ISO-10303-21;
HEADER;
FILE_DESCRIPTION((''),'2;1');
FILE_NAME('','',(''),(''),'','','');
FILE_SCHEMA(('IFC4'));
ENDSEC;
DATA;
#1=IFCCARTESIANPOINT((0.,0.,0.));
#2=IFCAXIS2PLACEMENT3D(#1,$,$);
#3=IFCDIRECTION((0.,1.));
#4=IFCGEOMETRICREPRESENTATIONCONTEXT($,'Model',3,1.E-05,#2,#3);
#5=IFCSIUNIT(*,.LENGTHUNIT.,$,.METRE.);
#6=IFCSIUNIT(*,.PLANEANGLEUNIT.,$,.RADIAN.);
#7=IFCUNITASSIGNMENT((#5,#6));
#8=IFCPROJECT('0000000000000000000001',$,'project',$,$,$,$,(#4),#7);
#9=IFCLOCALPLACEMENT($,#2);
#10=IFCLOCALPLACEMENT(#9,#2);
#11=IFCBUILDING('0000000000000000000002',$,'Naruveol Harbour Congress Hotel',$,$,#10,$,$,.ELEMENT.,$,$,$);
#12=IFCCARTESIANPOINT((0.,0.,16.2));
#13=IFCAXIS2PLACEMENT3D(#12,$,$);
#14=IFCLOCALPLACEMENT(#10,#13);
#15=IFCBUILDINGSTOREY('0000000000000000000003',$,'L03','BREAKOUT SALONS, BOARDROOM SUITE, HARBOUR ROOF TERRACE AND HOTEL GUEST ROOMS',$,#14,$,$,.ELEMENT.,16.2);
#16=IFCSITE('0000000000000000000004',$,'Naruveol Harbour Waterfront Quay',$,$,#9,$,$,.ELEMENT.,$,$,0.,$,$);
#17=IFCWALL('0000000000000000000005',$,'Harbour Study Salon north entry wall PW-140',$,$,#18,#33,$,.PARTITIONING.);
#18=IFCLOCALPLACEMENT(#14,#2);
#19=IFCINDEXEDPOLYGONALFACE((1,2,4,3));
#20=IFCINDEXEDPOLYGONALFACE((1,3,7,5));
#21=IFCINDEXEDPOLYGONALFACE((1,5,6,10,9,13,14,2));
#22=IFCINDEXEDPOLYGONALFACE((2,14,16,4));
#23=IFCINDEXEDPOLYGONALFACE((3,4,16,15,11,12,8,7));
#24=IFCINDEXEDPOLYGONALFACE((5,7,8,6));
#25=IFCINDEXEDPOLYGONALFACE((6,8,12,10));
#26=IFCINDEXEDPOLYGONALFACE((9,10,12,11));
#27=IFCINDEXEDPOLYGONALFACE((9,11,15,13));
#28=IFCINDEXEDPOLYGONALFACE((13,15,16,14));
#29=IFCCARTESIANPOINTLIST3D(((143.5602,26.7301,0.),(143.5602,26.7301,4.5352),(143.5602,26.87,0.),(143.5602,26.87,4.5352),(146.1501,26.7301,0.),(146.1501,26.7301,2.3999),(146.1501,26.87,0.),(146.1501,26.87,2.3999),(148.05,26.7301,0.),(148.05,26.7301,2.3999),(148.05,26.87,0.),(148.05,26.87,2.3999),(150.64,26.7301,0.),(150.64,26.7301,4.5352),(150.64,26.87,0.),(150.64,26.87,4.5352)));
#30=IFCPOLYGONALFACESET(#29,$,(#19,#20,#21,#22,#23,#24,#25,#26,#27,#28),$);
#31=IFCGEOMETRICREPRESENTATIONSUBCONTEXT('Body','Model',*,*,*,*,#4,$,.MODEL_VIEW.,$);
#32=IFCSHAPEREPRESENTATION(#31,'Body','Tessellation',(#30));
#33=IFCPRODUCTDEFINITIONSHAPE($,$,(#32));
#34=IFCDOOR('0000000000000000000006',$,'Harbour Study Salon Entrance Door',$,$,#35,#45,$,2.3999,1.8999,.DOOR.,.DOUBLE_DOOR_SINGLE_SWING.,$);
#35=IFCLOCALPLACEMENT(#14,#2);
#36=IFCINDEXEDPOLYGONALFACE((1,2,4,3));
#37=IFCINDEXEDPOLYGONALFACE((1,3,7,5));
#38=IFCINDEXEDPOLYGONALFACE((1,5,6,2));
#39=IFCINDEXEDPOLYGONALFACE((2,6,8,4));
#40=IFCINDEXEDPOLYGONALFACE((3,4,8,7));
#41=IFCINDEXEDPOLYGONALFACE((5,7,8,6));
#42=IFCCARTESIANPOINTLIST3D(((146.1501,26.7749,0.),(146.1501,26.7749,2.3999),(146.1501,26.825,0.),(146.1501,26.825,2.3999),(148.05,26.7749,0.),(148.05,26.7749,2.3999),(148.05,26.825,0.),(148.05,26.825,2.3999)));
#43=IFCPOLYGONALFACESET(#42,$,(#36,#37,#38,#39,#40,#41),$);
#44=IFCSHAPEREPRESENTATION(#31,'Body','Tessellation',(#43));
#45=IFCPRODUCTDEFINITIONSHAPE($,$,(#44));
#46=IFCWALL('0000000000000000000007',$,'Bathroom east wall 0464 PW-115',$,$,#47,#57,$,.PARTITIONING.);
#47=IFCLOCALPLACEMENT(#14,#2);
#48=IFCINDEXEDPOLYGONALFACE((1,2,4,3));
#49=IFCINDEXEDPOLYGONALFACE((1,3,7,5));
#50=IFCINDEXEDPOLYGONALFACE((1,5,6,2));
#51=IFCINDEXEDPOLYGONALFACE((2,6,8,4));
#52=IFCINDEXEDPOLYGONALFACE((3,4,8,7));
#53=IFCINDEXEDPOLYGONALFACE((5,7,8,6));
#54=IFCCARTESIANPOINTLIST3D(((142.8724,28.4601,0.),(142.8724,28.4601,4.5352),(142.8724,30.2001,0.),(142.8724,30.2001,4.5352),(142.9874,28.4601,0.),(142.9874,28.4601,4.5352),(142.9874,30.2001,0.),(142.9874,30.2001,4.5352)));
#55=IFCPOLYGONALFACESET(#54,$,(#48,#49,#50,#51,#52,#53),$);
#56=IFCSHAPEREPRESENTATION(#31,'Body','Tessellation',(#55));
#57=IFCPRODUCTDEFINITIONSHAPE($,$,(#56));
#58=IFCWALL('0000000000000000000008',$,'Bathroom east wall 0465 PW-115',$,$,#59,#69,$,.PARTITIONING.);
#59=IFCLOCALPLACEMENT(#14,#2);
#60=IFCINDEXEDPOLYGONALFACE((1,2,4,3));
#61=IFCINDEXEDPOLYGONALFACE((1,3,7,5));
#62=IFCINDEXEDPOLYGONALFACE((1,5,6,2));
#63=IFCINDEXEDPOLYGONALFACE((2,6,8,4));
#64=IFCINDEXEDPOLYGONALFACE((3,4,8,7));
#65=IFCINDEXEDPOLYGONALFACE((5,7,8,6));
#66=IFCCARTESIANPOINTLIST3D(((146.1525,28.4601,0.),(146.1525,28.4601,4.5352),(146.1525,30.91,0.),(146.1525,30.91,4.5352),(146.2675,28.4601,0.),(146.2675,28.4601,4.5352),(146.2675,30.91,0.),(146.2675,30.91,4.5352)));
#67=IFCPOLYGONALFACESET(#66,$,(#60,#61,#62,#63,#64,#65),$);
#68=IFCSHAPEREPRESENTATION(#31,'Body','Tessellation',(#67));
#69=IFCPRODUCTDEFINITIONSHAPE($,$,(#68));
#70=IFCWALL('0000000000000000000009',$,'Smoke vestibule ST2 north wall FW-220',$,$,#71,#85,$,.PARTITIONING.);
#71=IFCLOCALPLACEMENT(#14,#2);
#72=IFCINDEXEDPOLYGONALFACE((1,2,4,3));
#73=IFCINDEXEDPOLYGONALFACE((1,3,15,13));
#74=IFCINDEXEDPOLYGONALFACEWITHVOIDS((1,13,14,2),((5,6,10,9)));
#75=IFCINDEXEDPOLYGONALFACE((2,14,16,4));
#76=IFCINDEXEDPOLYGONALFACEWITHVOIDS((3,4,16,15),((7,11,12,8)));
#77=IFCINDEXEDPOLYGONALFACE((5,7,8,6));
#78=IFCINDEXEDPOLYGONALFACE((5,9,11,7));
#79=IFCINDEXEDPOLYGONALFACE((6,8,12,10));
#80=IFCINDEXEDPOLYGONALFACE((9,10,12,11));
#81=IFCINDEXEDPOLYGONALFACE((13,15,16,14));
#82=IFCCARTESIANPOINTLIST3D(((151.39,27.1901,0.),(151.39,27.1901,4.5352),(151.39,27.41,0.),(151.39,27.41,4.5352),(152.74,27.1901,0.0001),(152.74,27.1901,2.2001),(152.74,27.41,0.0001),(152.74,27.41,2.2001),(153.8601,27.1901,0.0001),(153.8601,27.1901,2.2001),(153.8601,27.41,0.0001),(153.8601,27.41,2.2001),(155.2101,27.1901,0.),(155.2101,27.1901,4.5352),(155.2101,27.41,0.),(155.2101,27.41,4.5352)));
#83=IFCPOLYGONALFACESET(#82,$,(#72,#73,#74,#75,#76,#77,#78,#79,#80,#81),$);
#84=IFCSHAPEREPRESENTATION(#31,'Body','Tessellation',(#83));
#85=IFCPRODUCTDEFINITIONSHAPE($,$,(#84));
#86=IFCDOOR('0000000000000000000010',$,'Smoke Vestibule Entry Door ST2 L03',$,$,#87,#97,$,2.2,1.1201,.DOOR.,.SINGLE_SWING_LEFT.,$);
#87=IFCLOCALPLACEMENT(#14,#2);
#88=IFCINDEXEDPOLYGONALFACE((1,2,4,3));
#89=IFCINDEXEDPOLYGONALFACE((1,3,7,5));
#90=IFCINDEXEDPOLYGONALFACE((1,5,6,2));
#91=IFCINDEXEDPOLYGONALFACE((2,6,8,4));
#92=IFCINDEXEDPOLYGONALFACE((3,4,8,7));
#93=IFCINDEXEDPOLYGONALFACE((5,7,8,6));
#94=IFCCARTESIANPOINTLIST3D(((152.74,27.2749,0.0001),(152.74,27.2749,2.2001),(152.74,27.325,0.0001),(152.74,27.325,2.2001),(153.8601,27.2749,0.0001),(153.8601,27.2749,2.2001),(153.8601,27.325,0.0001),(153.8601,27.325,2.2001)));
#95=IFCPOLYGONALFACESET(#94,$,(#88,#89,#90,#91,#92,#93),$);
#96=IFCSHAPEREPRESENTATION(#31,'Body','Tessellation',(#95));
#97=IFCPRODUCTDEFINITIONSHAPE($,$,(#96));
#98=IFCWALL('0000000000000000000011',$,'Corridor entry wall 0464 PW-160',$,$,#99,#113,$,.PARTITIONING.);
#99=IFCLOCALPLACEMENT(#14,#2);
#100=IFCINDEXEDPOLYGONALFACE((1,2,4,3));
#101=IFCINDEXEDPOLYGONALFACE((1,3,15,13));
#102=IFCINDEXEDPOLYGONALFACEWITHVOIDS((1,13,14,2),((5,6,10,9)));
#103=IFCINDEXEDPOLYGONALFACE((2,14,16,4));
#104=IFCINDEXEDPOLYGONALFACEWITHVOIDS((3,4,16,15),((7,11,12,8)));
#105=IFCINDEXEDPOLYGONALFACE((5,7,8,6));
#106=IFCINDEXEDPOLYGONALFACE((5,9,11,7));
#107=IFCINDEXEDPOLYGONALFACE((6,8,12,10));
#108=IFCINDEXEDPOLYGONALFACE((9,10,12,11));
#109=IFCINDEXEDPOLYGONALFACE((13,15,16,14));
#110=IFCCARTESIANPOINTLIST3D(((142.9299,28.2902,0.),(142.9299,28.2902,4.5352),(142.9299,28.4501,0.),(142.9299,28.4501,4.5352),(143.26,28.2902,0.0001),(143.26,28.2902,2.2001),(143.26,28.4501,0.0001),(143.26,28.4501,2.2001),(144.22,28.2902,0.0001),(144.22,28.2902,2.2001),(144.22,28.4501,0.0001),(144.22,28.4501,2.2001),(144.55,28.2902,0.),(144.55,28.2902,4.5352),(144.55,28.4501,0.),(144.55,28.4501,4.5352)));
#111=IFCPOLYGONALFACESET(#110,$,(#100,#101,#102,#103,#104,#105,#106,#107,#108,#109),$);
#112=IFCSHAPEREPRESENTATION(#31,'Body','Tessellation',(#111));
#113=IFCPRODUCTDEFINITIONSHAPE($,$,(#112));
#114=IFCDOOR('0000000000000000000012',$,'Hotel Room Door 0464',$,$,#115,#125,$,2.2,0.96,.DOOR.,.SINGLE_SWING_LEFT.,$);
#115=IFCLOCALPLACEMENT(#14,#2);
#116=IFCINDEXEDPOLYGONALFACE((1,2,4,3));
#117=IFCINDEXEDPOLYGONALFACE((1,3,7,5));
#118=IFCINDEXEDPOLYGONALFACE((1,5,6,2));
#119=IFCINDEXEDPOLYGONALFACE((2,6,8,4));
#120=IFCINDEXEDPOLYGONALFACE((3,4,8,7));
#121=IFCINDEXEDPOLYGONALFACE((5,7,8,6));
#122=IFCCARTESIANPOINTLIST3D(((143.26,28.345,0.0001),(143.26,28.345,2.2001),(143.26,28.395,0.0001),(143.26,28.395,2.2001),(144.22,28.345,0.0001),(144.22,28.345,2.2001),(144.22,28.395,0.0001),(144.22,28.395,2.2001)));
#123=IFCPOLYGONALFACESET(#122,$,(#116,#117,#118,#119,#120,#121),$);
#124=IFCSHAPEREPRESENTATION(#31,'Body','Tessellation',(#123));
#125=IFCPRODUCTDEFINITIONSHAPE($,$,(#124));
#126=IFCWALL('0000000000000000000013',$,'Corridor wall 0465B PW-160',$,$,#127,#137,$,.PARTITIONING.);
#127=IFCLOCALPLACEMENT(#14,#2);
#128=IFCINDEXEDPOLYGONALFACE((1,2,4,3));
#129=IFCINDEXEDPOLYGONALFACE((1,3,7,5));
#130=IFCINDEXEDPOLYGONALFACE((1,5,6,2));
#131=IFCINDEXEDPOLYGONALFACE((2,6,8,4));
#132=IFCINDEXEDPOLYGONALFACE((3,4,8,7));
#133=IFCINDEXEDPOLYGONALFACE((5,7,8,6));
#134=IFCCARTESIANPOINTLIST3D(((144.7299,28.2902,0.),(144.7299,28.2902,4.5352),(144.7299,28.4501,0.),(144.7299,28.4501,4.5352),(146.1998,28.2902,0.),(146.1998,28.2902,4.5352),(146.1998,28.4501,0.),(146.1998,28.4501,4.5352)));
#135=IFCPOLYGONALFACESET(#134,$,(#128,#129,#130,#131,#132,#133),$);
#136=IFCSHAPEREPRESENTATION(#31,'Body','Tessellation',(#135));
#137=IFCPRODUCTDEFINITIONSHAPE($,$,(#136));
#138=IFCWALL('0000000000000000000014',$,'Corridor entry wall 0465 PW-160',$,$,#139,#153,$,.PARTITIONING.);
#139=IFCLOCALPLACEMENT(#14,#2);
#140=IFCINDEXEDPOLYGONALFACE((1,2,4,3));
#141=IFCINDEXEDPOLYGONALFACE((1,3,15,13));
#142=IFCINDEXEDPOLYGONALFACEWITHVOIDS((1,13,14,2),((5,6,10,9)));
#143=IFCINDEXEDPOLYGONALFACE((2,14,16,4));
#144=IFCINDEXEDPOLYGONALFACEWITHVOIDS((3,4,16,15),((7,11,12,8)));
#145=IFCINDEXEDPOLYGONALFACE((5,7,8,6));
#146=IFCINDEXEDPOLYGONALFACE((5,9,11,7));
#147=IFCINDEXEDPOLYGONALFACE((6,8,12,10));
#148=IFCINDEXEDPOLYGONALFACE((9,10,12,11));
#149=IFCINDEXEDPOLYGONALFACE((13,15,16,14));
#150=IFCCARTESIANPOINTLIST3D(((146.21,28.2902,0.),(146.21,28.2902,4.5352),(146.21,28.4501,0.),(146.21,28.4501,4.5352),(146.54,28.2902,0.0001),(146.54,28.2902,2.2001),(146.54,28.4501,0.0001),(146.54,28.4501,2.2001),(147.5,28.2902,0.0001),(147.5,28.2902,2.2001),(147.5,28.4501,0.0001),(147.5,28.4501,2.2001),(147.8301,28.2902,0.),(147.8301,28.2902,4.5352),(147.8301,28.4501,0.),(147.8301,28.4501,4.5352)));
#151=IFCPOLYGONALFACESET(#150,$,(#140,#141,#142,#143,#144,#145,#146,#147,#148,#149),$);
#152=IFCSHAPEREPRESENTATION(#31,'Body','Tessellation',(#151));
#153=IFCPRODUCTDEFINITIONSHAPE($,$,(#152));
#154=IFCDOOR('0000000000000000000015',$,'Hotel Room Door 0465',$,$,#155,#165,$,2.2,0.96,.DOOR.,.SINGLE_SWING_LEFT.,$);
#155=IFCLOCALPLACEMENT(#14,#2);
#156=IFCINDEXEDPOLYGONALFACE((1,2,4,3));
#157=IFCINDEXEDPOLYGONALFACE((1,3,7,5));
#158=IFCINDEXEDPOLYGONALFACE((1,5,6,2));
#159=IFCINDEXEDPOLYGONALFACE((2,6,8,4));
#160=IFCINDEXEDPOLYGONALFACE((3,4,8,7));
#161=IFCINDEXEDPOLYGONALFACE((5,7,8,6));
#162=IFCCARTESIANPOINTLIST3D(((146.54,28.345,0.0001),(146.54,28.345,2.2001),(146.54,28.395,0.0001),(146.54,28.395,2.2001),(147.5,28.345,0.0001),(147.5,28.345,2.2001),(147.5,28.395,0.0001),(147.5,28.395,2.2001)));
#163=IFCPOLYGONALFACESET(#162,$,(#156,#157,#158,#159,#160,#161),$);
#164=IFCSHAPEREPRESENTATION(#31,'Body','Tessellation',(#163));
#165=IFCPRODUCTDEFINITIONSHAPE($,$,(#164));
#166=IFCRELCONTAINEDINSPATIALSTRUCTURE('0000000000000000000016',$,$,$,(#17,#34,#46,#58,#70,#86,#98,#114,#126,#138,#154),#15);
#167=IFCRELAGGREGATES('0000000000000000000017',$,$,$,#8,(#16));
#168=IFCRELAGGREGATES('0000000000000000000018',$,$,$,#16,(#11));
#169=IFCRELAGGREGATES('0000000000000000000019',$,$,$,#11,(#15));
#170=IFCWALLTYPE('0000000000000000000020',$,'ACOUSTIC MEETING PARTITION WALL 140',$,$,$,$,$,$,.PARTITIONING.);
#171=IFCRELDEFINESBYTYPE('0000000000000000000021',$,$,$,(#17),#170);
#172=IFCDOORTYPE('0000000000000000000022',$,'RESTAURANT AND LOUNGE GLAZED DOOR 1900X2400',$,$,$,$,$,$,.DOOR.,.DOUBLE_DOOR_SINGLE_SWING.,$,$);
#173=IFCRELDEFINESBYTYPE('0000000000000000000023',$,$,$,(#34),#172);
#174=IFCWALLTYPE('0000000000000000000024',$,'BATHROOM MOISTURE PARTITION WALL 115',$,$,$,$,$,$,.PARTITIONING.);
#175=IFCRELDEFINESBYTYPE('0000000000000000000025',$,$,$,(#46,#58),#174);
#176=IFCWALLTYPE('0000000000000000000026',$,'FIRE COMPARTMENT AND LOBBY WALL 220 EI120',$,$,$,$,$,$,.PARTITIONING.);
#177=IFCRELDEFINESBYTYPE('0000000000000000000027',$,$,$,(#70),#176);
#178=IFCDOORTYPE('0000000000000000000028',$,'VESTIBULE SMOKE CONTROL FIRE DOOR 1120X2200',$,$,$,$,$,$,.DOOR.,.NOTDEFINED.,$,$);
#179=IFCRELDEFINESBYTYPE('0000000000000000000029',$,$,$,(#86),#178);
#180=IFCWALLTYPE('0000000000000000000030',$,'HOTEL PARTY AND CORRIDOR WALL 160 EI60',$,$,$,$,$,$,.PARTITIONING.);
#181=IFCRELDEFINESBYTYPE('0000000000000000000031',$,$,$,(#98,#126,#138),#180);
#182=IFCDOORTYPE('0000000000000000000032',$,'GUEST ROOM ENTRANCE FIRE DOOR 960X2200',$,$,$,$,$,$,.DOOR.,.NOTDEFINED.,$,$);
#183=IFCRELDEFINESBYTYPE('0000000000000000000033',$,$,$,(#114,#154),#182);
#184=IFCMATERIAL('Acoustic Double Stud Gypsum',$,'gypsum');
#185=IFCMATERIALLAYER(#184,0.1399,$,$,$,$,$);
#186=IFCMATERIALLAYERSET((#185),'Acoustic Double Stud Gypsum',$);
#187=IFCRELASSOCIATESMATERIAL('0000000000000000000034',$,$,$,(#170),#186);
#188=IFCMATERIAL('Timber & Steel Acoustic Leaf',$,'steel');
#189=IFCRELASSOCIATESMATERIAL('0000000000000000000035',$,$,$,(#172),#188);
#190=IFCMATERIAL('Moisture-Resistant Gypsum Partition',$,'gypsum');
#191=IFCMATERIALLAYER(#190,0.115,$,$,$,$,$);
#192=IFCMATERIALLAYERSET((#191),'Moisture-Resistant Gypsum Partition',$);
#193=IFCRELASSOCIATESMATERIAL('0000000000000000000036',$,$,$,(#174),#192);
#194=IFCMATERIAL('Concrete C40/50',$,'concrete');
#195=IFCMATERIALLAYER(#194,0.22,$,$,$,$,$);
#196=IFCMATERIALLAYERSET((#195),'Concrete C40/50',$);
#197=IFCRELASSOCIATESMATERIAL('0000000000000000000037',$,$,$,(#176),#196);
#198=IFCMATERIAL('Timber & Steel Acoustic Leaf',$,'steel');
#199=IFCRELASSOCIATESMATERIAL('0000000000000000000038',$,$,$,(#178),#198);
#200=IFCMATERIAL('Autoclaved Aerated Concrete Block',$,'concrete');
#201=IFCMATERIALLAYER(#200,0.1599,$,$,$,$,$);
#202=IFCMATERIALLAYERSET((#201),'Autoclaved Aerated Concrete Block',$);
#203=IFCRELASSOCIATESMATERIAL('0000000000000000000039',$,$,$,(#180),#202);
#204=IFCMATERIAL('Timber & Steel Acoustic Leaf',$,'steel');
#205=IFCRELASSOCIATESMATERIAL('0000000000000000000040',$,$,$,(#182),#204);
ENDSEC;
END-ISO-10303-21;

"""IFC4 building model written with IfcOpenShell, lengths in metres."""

from ifc_helpers import new_model, si_unit, direction, frame, frame_2d, origin, place, context, subcontext, project, spatial, rectangle, extrude, material, layer, layer_set, type_object, element, fill, save


model = new_model("IFC4")

# Units and contexts
model_context = context("Model", 3, precision=1e-05, world=origin(), true_north=direction((0.0, 1.0)))
body_context = subcontext(model_context, "Body", "Model", "MODEL_VIEW")
ifc_project = project(units=[si_unit("LENGTHUNIT", "METRE"), si_unit("PLANEANGLEUNIT", "RADIAN")], contexts=[model_context])

# Site, building, storey
site_placement = place(None, origin())
site = spatial("IfcSite", under=ifc_project, at=site_placement, Name="Naruveol Harbour Waterfront Quay", CompositionType="ELEMENT", RefElevation=0.0)
building_placement = place(site_placement, origin())
building = spatial("IfcBuilding", under=site, at=building_placement, Name="Naruveol Harbour Congress Hotel", CompositionType="ELEMENT")
storey_placement = place(building_placement, frame((0.0, 0.0, 16.2)))
storey = spatial("IfcBuildingStorey", under=building, at=storey_placement, Name="L03", Description="BREAKOUT SALONS, BOARDROOM SUITE, HARBOUR ROOF TERRACE AND HOTEL GUEST ROOMS", CompositionType="ELEMENT", Elevation=16.2)

# Wall, opening, door
ifc_material_1 = material(Name="Acoustic Double Stud Gypsum", Category="gypsum")
ifc_layer_1 = layer(ifc_material_1, 0.1399)
ifc_layer_set_1 = layer_set([ifc_layer_1], Name="Acoustic Double Stud Gypsum")
wall_type_1 = type_object("IfcWallType", Name="ACOUSTIC MEETING PARTITION WALL 140", PredefinedType="PARTITIONING", material=ifc_layer_set_1)
wall_1_placement = place(storey_placement, frame((143.5601, 26.8, 0.0), z_axis=(0.0, 0.0, 1.0), x_axis=(1.0, 0.0, 0.0)))
wall_1 = element("IfcWall", 1, at=wall_1_placement, inside=storey, type_object=wall_type_1, Name="Harbour Study Salon north entry wall PW-140", PredefinedType="PARTITIONING", context=body_context, shape_type="SweptSolid", body=[
    extrude(rectangle(XDim=7.0798, YDim=0.1399, at=frame_2d((3.54, 0.0))), origin(), (0.0, 0.0, 1.0), 4.5352),
])
opening_1_placement = place(wall_1_placement, frame((2.5901, 0.0, 0.0)))
opening_1 = element("IfcOpeningElement", 2, at=opening_1_placement, cuts=wall_1, PredefinedType="OPENING", context=body_context, shape_type="SweptSolid", body=[
    extrude(rectangle(XDim=1.8999, YDim=2.3999, at=frame_2d((0.95, 1.2))), frame((0.0, 0.0798, 0.0), z_axis=(0.0, -1.0, 0.0), x_axis=(1.0, 0.0, 0.0)), (0.0, 0.0, 1.0), 0.1599),
])
ifc_material_2 = material(Name="Timber & Steel Acoustic Leaf", Category="steel")
door_type_1 = type_object("IfcDoorType", Name="RESTAURANT AND LOUNGE GLAZED DOOR 1900X2400", OperationType="DOUBLE_DOOR_SINGLE_SWING", PredefinedType="DOOR", material=ifc_material_2)
door_1_placement = place(opening_1_placement, origin())
door_1 = element("IfcDoor", 3, at=door_1_placement, inside=storey, type_object=door_type_1, Name="Harbour Study Salon Entrance Door", OperationType="DOUBLE_DOOR_SINGLE_SWING", OverallHeight=2.3999, OverallWidth=1.8999, PredefinedType="DOOR", context=body_context, shape_type="SweptSolid", body=[
    extrude(rectangle(XDim=1.8999, YDim=2.3999, at=frame_2d((0.95, 1.2))), frame((0.0, 0.0249, 0.0), z_axis=(0.0, -1.0, 0.0), x_axis=(1.0, 0.0, 0.0)), (0.0, 0.0, 1.0), 0.05),
])
fill(opening_1, door_1)

# Walls
ifc_material_3 = material(Name="Moisture-Resistant Gypsum Partition", Category="gypsum")
ifc_layer_2 = layer(ifc_material_3, 0.115)
ifc_layer_set_2 = layer_set([ifc_layer_2], Name="Moisture-Resistant Gypsum Partition")
wall_type_2 = type_object("IfcWallType", Name="BATHROOM MOISTURE PARTITION WALL 115", PredefinedType="PARTITIONING", material=ifc_layer_set_2)
wall_2_placement = place(storey_placement, frame((142.9299, 28.46, 0.0), z_axis=(0.0, 0.0, 1.0), x_axis=(0.0, 1.0, 0.0)))
element("IfcWall", 4, at=wall_2_placement, inside=storey, type_object=wall_type_2, Name="Bathroom east wall 0464 PW-115", PredefinedType="PARTITIONING", context=body_context, shape_type="SweptSolid", body=[
    extrude(rectangle(XDim=1.74, YDim=0.115, at=frame_2d((0.8701, 0.0))), origin(), (0.0, 0.0, 1.0), 4.5352),
])
wall_3_placement = place(storey_placement, frame((146.21, 28.46, 0.0), z_axis=(0.0, 0.0, 1.0), x_axis=(0.0, 1.0, 0.0)))
element("IfcWall", 5, at=wall_3_placement, inside=storey, type_object=wall_type_2, Name="Bathroom east wall 0465 PW-115", PredefinedType="PARTITIONING", context=body_context, shape_type="SweptSolid", body=[
    extrude(rectangle(XDim=2.45, YDim=0.115, at=frame_2d((1.2251, 0.0))), origin(), (0.0, 0.0, 1.0), 4.5352),
])

# Walls, openings, doors
ifc_material_4 = material(Name="Concrete C40/50", Category="concrete")
ifc_layer_3 = layer(ifc_material_4, 0.22)
ifc_layer_set_3 = layer_set([ifc_layer_3], Name="Concrete C40/50")
wall_type_3 = type_object("IfcWallType", Name="FIRE COMPARTMENT AND LOBBY WALL 220 EI120", PredefinedType="PARTITIONING", material=ifc_layer_set_3)
wall_4_placement = place(storey_placement, frame((151.3899, 27.3, 0.0), z_axis=(0.0, 0.0, 1.0), x_axis=(1.0, 0.0, 0.0)))
wall_4 = element("IfcWall", 6, at=wall_4_placement, inside=storey, type_object=wall_type_3, Name="Smoke vestibule ST2 north wall FW-220", PredefinedType="PARTITIONING", context=body_context, shape_type="SweptSolid", body=[
    extrude(rectangle(XDim=3.8201, YDim=0.22, at=frame_2d((1.9102, 0.0))), origin(), (0.0, 0.0, 1.0), 4.5352),
])
opening_2_placement = place(wall_4_placement, frame((1.3501, 0.0, 0.0)))
opening_2 = element("IfcOpeningElement", 7, at=opening_2_placement, cuts=wall_4, PredefinedType="OPENING", context=body_context, shape_type="SweptSolid", body=[
    extrude(rectangle(XDim=1.1201, YDim=2.2, at=frame_2d((0.5601, 1.1001))), frame((0.0, 0.1199, 0.0), z_axis=(0.0, -1.0, 0.0), x_axis=(1.0, 0.0, 0.0)), (0.0, 0.0, 1.0), 0.24),
])
ifc_material_5 = material(Name="Timber & Steel Acoustic Leaf", Category="steel")
door_type_2 = type_object("IfcDoorType", Name="VESTIBULE SMOKE CONTROL FIRE DOOR 1120X2200", OperationType="NOTDEFINED", PredefinedType="DOOR", material=ifc_material_5)
door_2_placement = place(opening_2_placement, origin())
door_2 = element("IfcDoor", 8, at=door_2_placement, inside=storey, type_object=door_type_2, Name="Smoke Vestibule Entry Door ST2 L03", OperationType="SINGLE_SWING_LEFT", OverallHeight=2.2, OverallWidth=1.1201, PredefinedType="DOOR", context=body_context, shape_type="SweptSolid", body=[
    extrude(rectangle(XDim=1.1201, YDim=2.2, at=frame_2d((0.5601, 1.1001))), frame((0.0, 0.0249, 0.0), z_axis=(0.0, -1.0, 0.0), x_axis=(1.0, 0.0, 0.0)), (0.0, 0.0, 1.0), 0.05),
])
fill(opening_2, door_2)
ifc_material_6 = material(Name="Autoclaved Aerated Concrete Block", Category="concrete")
ifc_layer_4 = layer(ifc_material_6, 0.1599)
ifc_layer_set_4 = layer_set([ifc_layer_4], Name="Autoclaved Aerated Concrete Block")
wall_type_4 = type_object("IfcWallType", Name="HOTEL PARTY AND CORRIDOR WALL 160 EI60", PredefinedType="PARTITIONING", material=ifc_layer_set_4)
wall_5_placement = place(storey_placement, frame((142.9299, 28.3701, 0.0), z_axis=(0.0, 0.0, 1.0), x_axis=(1.0, 0.0, 0.0)))
wall_5 = element("IfcWall", 9, at=wall_5_placement, inside=storey, type_object=wall_type_4, Name="Corridor entry wall 0464 PW-160", PredefinedType="PARTITIONING", context=body_context, shape_type="SweptSolid", body=[
    extrude(rectangle(XDim=1.6201, YDim=0.1599, at=frame_2d((0.8101, 0.0))), origin(), (0.0, 0.0, 1.0), 4.5352),
])
opening_3_placement = place(wall_5_placement, frame((0.3301, 0.0, 0.0)))
opening_3 = element("IfcOpeningElement", 10, at=opening_3_placement, cuts=wall_5, PredefinedType="OPENING", context=body_context, shape_type="SweptSolid", body=[
    extrude(rectangle(XDim=0.96, YDim=2.2, at=frame_2d((0.48, 1.1001))), frame((0.0, 0.0898, 0.0), z_axis=(0.0, -1.0, 0.0), x_axis=(1.0, 0.0, 0.0)), (0.0, 0.0, 1.0), 0.1799),
])
ifc_material_7 = material(Name="Timber & Steel Acoustic Leaf", Category="steel")
door_type_3 = type_object("IfcDoorType", Name="GUEST ROOM ENTRANCE FIRE DOOR 960X2200", OperationType="NOTDEFINED", PredefinedType="DOOR", material=ifc_material_7)
door_3_placement = place(opening_3_placement, origin())
door_3 = element("IfcDoor", 11, at=door_3_placement, inside=storey, type_object=door_type_3, Name="Hotel Room Door 0464", OperationType="SINGLE_SWING_LEFT", OverallHeight=2.2, OverallWidth=0.96, PredefinedType="DOOR", context=body_context, shape_type="SweptSolid", body=[
    extrude(rectangle(XDim=0.96, YDim=2.2, at=frame_2d((0.48, 1.1001))), frame((0.0, 0.0249, 0.0), z_axis=(0.0, -1.0, 0.0), x_axis=(1.0, 0.0, 0.0)), (0.0, 0.0, 1.0), 0.05),
])
fill(opening_3, door_3)

# Wall
wall_6_placement = place(storey_placement, frame((144.73, 28.3701, 0.0), z_axis=(0.0, 0.0, 1.0), x_axis=(1.0, 0.0, 0.0)))
element("IfcWall", 12, at=wall_6_placement, inside=storey, type_object=wall_type_4, Name="Corridor wall 0465B PW-160", PredefinedType="PARTITIONING", context=body_context, shape_type="SweptSolid", body=[
    extrude(rectangle(XDim=1.47, YDim=0.1599, at=frame_2d((0.7349, 0.0))), origin(), (0.0, 0.0, 1.0), 4.5352),
])

# Wall, opening, door
wall_7_placement = place(storey_placement, frame((146.21, 28.3701, 0.0), z_axis=(0.0, 0.0, 1.0), x_axis=(1.0, 0.0, 0.0)))
wall_7 = element("IfcWall", 13, at=wall_7_placement, inside=storey, type_object=wall_type_4, Name="Corridor entry wall 0465 PW-160", PredefinedType="PARTITIONING", context=body_context, shape_type="SweptSolid", body=[
    extrude(rectangle(XDim=1.6201, YDim=0.1599, at=frame_2d((0.8101, 0.0))), origin(), (0.0, 0.0, 1.0), 4.5352),
])
opening_4_placement = place(wall_7_placement, frame((0.3301, 0.0, 0.0)))
opening_4 = element("IfcOpeningElement", 14, at=opening_4_placement, cuts=wall_7, PredefinedType="OPENING", context=body_context, shape_type="SweptSolid", body=[
    extrude(rectangle(XDim=0.96, YDim=2.2, at=frame_2d((0.48, 1.1001))), frame((0.0, 0.0898, 0.0), z_axis=(0.0, -1.0, 0.0), x_axis=(1.0, 0.0, 0.0)), (0.0, 0.0, 1.0), 0.1799),
])
door_4_placement = place(opening_4_placement, origin())
door_4 = element("IfcDoor", 15, at=door_4_placement, inside=storey, type_object=door_type_3, Name="Hotel Room Door 0465", OperationType="SINGLE_SWING_LEFT", OverallHeight=2.2, OverallWidth=0.96, PredefinedType="DOOR", context=body_context, shape_type="SweptSolid", body=[
    extrude(rectangle(XDim=0.96, YDim=2.2, at=frame_2d((0.48, 1.1001))), frame((0.0, 0.0249, 0.0), z_axis=(0.0, -1.0, 0.0), x_axis=(1.0, 0.0, 0.0)), (0.0, 0.0, 1.0), 0.05),
])
fill(opening_4, door_4)

save(model, "model.ifc")
